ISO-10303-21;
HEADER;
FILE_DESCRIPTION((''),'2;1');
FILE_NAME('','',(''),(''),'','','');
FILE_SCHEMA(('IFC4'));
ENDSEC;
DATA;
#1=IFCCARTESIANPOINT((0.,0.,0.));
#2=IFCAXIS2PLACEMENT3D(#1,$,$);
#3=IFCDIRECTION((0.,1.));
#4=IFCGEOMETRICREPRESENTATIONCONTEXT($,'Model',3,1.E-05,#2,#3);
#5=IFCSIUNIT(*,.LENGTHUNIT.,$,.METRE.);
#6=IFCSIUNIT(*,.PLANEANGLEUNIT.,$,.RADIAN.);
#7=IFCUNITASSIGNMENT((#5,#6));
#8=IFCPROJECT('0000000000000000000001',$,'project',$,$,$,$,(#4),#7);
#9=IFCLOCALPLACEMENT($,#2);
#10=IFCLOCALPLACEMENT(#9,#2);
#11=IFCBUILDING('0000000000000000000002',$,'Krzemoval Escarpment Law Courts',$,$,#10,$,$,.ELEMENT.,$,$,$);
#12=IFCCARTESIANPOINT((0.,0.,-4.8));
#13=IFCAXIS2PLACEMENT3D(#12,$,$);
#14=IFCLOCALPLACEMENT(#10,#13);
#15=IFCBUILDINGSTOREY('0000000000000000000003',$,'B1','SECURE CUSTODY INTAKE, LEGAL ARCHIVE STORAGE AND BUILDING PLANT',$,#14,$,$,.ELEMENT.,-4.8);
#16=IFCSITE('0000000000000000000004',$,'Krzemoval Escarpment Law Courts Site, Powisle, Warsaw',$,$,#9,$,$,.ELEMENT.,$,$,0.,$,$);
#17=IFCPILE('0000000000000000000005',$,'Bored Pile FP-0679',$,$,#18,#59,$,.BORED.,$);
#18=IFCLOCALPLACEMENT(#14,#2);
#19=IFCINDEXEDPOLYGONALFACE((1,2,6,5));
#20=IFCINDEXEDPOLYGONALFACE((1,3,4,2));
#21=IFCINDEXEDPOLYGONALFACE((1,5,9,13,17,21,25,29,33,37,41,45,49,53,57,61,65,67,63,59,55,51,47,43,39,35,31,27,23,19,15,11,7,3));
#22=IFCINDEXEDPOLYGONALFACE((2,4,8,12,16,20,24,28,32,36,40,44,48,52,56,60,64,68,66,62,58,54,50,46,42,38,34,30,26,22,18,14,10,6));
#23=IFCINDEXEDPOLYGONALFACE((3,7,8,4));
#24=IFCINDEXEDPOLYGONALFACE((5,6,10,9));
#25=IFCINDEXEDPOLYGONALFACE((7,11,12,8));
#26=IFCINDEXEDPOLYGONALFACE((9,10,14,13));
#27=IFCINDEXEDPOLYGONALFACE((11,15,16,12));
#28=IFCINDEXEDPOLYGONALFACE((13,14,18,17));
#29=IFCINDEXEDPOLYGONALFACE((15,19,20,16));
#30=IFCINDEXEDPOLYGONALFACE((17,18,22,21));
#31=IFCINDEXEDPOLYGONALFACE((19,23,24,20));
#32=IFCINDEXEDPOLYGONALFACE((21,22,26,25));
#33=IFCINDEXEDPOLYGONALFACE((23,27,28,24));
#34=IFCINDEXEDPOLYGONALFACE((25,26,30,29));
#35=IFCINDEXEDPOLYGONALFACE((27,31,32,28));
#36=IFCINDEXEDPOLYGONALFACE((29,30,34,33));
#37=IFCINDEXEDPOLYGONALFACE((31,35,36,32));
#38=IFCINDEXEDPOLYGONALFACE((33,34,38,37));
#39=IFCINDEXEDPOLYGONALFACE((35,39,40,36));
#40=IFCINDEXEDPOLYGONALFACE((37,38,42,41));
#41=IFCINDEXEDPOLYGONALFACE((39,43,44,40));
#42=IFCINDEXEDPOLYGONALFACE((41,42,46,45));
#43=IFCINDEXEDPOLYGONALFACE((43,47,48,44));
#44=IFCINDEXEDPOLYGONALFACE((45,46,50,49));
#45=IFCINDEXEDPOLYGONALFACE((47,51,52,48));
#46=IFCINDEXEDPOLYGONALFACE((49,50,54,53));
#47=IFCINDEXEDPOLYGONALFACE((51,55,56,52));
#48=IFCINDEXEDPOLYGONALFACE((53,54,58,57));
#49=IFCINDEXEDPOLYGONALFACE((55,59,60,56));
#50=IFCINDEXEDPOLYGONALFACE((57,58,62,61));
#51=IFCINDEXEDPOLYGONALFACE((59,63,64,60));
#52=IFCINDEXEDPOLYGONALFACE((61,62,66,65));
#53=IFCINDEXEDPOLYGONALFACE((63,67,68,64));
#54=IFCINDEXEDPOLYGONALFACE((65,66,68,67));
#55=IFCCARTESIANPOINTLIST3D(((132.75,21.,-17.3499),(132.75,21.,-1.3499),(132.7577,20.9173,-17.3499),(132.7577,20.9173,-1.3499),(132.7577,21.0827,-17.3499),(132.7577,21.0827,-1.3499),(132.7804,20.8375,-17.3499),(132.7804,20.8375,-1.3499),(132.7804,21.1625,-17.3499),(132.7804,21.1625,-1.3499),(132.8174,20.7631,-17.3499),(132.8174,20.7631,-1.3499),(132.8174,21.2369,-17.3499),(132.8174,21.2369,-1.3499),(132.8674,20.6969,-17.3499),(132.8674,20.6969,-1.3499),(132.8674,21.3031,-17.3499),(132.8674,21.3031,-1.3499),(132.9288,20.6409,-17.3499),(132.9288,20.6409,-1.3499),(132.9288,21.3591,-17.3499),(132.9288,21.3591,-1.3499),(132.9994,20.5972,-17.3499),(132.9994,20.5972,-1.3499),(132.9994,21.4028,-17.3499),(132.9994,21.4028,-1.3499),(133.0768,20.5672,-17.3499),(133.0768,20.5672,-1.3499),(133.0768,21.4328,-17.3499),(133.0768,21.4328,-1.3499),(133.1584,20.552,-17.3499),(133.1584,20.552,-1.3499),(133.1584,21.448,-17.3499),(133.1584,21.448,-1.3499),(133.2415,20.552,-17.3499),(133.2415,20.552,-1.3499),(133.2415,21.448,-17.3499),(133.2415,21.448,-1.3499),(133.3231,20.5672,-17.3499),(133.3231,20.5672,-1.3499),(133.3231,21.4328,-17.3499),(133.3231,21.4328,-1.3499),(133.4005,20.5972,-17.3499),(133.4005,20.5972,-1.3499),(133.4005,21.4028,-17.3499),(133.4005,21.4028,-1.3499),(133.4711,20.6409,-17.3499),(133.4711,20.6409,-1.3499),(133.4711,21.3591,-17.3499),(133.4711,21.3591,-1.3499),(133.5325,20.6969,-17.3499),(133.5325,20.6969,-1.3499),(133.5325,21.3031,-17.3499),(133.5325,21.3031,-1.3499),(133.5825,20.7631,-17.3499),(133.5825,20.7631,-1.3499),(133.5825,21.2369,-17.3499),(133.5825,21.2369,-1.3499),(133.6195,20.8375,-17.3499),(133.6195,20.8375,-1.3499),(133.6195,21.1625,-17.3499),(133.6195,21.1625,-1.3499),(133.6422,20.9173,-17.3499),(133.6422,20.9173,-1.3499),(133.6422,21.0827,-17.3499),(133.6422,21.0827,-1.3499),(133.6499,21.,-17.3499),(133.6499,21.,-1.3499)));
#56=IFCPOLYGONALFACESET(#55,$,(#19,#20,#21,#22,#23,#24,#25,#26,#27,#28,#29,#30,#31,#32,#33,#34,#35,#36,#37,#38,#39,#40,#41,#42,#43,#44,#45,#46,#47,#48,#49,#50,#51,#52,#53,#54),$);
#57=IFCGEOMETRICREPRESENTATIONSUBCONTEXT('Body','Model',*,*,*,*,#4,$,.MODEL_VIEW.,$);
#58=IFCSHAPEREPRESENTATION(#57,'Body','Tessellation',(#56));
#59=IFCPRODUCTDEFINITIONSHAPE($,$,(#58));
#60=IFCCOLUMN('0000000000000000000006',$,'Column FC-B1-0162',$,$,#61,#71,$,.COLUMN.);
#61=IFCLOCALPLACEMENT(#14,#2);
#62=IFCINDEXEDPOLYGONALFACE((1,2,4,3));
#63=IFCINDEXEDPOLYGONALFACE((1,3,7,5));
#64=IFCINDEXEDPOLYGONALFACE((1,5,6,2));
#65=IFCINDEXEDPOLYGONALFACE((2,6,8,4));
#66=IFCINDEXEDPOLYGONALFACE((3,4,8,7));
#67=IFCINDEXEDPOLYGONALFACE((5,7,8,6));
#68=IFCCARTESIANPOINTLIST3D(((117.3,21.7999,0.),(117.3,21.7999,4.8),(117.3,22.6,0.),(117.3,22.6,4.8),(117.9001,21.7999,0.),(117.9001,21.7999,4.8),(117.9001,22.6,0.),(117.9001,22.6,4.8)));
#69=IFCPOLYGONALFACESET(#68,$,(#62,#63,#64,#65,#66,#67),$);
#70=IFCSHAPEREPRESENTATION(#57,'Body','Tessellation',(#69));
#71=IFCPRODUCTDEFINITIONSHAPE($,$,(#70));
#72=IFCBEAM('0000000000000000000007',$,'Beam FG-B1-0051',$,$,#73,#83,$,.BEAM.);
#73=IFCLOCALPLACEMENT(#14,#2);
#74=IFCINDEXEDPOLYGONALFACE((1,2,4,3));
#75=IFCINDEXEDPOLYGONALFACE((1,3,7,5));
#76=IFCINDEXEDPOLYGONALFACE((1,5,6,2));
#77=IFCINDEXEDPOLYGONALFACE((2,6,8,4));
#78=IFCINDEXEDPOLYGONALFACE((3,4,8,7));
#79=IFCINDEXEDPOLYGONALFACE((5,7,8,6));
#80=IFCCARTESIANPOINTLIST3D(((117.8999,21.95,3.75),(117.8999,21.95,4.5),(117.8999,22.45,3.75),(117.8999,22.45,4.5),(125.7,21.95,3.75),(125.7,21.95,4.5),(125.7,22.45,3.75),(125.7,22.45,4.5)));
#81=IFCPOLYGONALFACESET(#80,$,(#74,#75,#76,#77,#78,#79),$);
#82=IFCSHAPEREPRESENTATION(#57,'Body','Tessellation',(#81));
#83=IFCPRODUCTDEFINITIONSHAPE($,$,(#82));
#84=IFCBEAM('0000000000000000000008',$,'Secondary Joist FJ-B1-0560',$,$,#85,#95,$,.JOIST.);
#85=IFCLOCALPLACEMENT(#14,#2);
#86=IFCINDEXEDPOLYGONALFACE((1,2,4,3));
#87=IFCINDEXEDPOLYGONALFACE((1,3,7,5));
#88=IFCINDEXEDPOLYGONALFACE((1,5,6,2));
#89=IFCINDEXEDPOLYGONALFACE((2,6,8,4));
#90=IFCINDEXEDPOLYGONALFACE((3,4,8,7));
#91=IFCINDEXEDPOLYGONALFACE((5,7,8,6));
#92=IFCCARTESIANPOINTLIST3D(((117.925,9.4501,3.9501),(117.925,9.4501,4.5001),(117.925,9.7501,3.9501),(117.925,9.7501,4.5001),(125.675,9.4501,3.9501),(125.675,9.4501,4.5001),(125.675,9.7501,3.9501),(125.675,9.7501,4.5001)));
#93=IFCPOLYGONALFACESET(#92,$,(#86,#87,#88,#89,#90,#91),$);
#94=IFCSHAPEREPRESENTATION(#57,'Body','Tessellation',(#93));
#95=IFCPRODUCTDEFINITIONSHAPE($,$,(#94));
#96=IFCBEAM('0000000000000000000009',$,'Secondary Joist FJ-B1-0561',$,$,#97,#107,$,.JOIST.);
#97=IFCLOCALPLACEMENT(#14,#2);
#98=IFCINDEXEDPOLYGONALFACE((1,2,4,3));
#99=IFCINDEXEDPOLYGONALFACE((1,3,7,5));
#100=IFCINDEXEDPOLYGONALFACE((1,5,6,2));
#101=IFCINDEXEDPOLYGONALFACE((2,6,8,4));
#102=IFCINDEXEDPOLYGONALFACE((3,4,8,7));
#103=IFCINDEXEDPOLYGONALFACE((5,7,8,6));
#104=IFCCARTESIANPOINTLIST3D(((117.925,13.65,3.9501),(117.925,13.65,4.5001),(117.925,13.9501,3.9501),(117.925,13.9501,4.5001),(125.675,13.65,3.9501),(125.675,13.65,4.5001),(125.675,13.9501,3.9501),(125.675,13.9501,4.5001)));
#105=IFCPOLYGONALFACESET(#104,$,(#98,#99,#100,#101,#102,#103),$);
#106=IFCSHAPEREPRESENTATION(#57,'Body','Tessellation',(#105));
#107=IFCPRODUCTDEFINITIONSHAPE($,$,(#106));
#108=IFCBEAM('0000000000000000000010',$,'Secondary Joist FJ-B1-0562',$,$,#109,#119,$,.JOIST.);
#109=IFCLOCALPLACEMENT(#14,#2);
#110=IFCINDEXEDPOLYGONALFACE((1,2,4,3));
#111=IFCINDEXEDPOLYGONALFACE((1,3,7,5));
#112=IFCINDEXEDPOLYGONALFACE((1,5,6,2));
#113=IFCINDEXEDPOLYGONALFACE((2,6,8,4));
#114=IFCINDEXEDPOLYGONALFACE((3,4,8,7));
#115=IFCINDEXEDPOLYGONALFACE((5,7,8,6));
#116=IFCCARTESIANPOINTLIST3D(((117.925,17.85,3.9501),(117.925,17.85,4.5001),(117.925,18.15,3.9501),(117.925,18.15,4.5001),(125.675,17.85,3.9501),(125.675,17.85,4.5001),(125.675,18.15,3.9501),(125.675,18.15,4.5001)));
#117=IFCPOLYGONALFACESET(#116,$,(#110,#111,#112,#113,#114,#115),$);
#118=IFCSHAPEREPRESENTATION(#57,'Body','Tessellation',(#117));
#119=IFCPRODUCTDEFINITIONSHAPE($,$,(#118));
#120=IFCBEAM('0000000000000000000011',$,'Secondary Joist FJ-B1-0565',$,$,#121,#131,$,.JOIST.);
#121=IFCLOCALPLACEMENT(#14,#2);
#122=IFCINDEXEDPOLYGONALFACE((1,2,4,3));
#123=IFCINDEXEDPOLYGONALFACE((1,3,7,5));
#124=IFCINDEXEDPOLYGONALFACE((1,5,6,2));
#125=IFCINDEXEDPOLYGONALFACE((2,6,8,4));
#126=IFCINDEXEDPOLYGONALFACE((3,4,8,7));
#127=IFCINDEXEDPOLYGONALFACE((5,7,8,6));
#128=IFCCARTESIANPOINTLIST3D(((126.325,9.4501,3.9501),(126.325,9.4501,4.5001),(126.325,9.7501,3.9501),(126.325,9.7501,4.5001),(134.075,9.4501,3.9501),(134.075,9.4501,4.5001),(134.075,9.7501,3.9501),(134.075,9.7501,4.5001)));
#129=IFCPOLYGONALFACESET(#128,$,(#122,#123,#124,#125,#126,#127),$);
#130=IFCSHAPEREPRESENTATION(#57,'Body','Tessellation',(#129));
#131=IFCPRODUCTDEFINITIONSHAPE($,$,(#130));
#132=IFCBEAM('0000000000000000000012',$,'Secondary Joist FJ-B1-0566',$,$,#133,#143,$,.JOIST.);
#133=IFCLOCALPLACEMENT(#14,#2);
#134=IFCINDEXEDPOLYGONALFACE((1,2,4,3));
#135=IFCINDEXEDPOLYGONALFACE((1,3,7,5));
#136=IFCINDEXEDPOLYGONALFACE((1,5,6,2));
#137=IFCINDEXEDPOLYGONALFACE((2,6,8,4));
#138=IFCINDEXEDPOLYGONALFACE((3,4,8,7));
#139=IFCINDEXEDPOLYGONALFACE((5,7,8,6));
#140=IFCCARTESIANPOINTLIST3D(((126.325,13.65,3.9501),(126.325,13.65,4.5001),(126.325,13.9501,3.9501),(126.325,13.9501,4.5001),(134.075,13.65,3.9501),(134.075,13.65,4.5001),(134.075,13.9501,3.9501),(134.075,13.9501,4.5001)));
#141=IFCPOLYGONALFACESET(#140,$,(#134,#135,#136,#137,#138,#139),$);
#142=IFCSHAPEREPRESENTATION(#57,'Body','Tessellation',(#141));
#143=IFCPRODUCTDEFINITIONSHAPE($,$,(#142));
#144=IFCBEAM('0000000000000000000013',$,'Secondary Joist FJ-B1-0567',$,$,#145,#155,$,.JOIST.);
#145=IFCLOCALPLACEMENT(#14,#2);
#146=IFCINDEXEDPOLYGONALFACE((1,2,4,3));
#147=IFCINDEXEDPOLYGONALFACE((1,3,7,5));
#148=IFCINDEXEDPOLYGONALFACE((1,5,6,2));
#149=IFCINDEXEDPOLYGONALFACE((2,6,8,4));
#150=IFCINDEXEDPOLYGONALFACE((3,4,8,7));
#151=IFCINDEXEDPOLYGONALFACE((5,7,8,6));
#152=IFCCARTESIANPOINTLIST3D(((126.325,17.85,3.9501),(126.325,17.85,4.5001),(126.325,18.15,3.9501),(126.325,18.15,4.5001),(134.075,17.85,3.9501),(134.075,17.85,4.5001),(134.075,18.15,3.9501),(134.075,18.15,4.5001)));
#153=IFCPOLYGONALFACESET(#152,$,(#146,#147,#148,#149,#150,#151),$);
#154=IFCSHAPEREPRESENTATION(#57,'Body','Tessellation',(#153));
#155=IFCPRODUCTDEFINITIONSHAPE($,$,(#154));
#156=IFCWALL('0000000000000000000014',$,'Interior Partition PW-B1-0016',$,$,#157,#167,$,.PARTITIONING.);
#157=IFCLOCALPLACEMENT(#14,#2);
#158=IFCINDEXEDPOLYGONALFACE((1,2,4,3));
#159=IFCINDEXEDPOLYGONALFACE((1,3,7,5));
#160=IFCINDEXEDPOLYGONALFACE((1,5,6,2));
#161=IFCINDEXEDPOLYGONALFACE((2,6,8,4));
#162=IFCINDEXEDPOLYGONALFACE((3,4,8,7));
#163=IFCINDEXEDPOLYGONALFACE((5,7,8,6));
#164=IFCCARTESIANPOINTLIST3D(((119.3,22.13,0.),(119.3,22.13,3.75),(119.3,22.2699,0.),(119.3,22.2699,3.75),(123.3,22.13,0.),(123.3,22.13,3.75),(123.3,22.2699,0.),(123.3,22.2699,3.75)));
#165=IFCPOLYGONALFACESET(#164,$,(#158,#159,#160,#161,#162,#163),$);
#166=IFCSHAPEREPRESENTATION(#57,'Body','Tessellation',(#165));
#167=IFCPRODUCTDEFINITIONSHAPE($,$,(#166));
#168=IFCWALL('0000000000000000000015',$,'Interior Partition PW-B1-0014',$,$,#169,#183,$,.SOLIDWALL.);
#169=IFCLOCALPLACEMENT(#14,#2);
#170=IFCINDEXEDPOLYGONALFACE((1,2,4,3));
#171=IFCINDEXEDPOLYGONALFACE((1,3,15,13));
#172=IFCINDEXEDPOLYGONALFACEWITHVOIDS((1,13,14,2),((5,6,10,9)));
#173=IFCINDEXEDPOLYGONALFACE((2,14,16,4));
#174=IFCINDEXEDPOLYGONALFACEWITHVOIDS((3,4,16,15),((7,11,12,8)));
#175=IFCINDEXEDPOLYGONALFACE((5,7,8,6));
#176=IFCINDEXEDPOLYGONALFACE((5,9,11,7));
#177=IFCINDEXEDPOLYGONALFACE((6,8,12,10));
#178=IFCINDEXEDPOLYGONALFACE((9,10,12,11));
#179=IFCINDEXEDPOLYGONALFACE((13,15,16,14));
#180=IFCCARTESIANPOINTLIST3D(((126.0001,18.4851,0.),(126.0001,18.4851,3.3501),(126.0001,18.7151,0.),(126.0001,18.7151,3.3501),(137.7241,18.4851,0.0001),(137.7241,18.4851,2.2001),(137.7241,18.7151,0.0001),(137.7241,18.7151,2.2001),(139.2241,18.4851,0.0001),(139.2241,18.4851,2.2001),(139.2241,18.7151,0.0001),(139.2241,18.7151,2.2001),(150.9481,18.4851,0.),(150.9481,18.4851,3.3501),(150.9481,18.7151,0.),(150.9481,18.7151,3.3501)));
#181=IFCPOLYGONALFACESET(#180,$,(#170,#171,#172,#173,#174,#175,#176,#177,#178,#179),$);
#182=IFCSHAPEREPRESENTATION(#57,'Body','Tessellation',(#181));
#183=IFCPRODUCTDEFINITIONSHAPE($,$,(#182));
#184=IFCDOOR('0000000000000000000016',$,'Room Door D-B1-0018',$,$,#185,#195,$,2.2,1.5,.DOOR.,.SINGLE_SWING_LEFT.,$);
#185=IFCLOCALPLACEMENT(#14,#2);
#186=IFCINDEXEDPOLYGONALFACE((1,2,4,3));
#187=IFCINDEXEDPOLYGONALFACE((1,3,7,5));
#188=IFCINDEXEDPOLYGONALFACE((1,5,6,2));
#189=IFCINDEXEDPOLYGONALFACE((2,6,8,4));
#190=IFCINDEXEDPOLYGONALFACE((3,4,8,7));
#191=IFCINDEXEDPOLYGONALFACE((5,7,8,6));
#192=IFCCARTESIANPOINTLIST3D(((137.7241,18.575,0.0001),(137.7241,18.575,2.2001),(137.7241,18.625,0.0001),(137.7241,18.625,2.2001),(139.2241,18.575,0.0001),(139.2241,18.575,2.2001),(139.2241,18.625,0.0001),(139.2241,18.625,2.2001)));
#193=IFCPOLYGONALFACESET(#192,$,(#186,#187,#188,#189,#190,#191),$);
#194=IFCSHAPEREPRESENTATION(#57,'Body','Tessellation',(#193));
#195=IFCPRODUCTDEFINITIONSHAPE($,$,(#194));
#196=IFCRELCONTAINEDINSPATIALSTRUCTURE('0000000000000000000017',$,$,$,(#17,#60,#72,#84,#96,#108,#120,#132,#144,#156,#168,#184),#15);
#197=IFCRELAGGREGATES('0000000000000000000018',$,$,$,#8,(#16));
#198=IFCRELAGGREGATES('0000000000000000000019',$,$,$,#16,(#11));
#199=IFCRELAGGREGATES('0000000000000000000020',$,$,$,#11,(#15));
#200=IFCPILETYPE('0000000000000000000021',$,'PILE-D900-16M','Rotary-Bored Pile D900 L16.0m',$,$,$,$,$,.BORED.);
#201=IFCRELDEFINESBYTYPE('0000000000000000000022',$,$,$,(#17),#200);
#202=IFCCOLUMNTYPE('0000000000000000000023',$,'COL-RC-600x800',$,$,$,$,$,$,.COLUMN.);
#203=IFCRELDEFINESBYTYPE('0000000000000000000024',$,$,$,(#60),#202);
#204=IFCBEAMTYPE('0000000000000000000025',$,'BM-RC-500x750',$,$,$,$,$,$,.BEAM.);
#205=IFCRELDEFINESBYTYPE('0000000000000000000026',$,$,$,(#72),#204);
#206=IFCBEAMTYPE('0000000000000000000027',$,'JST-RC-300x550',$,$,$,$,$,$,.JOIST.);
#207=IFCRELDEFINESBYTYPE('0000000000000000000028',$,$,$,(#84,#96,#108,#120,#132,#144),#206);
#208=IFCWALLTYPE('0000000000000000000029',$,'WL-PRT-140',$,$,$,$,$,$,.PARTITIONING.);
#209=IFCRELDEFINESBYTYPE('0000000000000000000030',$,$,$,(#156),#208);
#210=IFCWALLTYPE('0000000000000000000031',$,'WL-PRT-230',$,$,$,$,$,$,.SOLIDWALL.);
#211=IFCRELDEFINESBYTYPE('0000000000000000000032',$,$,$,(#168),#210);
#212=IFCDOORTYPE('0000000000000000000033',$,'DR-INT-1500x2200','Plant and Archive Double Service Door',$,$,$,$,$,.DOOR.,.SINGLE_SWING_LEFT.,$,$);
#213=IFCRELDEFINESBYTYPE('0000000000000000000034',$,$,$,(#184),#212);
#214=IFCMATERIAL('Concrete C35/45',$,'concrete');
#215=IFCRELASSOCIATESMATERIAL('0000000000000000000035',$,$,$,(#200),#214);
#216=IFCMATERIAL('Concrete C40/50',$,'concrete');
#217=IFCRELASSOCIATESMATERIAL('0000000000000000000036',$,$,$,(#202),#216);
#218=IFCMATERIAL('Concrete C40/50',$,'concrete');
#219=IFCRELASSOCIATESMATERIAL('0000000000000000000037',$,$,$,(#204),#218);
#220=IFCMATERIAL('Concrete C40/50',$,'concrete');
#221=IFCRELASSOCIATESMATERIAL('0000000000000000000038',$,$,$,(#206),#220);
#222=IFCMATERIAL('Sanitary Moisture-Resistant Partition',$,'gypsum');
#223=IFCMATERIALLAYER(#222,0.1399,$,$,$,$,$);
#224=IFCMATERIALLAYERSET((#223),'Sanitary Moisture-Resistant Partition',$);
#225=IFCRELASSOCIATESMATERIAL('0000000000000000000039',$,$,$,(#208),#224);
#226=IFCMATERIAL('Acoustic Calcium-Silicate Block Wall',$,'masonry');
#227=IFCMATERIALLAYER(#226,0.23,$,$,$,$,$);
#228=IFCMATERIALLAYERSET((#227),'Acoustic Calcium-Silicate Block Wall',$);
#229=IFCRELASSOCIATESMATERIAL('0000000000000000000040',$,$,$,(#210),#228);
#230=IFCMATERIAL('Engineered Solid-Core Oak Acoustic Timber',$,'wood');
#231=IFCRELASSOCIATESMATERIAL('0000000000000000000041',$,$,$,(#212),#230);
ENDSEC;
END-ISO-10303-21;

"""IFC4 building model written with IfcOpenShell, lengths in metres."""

from ifc_helpers import new_model, si_unit, direction, frame, frame_2d, origin, origin_2d, place, context, subcontext, project, spatial, rectangle, circle, extrude, material, layer, layer_set, material_profile, profile_set, type_object, element, fill, save


model = new_model("IFC4")

# Units and contexts
model_context = context("Model", 3, precision=1e-05, world=origin(), true_north=direction((0.0, 1.0)))
body_context = subcontext(model_context, "Body", "Model", "MODEL_VIEW")
ifc_project = project(units=[si_unit("LENGTHUNIT", "METRE"), si_unit("PLANEANGLEUNIT", "RADIAN")], contexts=[model_context])

# Site, building, storey
site_placement = place(None, origin())
site = spatial("IfcSite", under=ifc_project, at=site_placement, Name="Krzemoval Escarpment Law Courts Site, Powisle, Warsaw", CompositionType="ELEMENT", RefElevation=0.0)
building_placement = place(site_placement, origin())
building = spatial("IfcBuilding", under=site, at=building_placement, Name="Krzemoval Escarpment Law Courts", CompositionType="ELEMENT")
storey_placement = place(building_placement, frame((0.0, 0.0, -4.8)))
storey = spatial("IfcBuildingStorey", under=building, at=storey_placement, Name="B1", Description="SECURE CUSTODY INTAKE, LEGAL ARCHIVE STORAGE AND BUILDING PLANT", CompositionType="ELEMENT", Elevation=-4.8)

# Pile
ifc_material_1 = material(Name="Concrete C35/45", Category="concrete")
ifc_material_profile_1 = material_profile(ifc_material_1, circle(Radius=0.45, at=origin_2d()), Name="PILE D900")
ifc_profile_set_1 = profile_set([ifc_material_profile_1], Name="Concrete C35/45")
pile_type = type_object("IfcPileType", Name="PILE-D900-16M", Description="Rotary-Bored Pile D900 L16.0m", PredefinedType="BORED", material=ifc_profile_set_1)
for number, where, z_axis, x_axis, name in (
    (1, (133.2, 21.0, -1.3499), (0.0, 0.0, -1.0), (1.0, 0.0, 0.0), "Bored Pile FP-0679"),
):
    element("IfcPile", number, at=place(storey_placement, frame(where, z_axis=z_axis, x_axis=x_axis)), inside=storey, type_object=pile_type, Name=name, PredefinedType="BORED", context=body_context, shape_type="SweptSolid", body=[
        extrude(circle(Radius=0.45, at=origin_2d()), origin(), (0.0, 0.0, 1.0), 16.0),
    ])

# Column
ifc_material_2 = material(Name="Concrete C40/50", Category="concrete")
ifc_material_profile_2 = material_profile(ifc_material_2, rectangle(XDim=0.6001, YDim=0.8, at=origin_2d()), Name="RC 600x800")
ifc_profile_set_2 = profile_set([ifc_material_profile_2], Name="Concrete C40/50")
column_type = type_object("IfcColumnType", Name="COL-RC-600x800", PredefinedType="COLUMN", material=ifc_profile_set_2)
column_placement = place(storey_placement, frame((117.6001, 22.2, 0.0), z_axis=(0.0, 0.0, 1.0), x_axis=(1.0, 0.0, 0.0)))
element("IfcColumn", 2, at=column_placement, inside=storey, type_object=column_type, Name="Column FC-B1-0162", PredefinedType="COLUMN", context=body_context, shape_type="SweptSolid", body=[
    extrude(rectangle(XDim=0.6001, YDim=0.8, at=origin_2d()), origin(), (0.0, 0.0, 1.0), 4.8),
])

# Beams
ifc_material_3 = material(Name="Concrete C40/50", Category="concrete")
ifc_material_profile_3 = material_profile(ifc_material_3, rectangle(XDim=0.5, YDim=0.75, at=origin_2d()), Name="RCB 500x750")
ifc_profile_set_3 = profile_set([ifc_material_profile_3], Name="Concrete C40/50")
beam_type_1 = type_object("IfcBeamType", Name="BM-RC-500x750", PredefinedType="BEAM", material=ifc_profile_set_3)
beam_placement = place(storey_placement, frame((117.8999, 22.2, 4.125), z_axis=(1.0, 0.0, 0.0), x_axis=(0.0, 1.0, 0.0)))
element("IfcBeam", 3, at=beam_placement, inside=storey, type_object=beam_type_1, Name="Beam FG-B1-0051", PredefinedType="BEAM", context=body_context, shape_type="SweptSolid", body=[
    extrude(rectangle(XDim=0.5, YDim=0.75, at=origin_2d()), origin(), (0.0, 0.0, 1.0), 7.8),
])
ifc_material_4 = material(Name="Concrete C40/50", Category="concrete")
ifc_material_profile_4 = material_profile(ifc_material_4, rectangle(XDim=0.3, YDim=0.55, at=origin_2d()), Name="RCB 300x550")
ifc_profile_set_4 = profile_set([ifc_material_profile_4], Name="Concrete C40/50")
beam_type_2 = type_object("IfcBeamType", Name="JST-RC-300x550", PredefinedType="JOIST", material=ifc_profile_set_4)
for number, where, z_axis, x_axis, name in (
    (4, (117.925, 9.6001, 4.2251), (1.0, 0.0, 0.0), (0.0, 1.0, 0.0), "Secondary Joist FJ-B1-0560"),
    (5, (117.925, 13.8, 4.2251), (1.0, 0.0, 0.0), (0.0, 1.0, 0.0), "Secondary Joist FJ-B1-0561"),
    (6, (117.925, 18.0, 4.2251), (1.0, 0.0, 0.0), (0.0, 1.0, 0.0), "Secondary Joist FJ-B1-0562"),
    (7, (126.325, 9.6001, 4.2251), (1.0, 0.0, 0.0), (0.0, 1.0, 0.0), "Secondary Joist FJ-B1-0565"),
    (8, (126.325, 13.8, 4.2251), (1.0, 0.0, 0.0), (0.0, 1.0, 0.0), "Secondary Joist FJ-B1-0566"),
    (9, (126.325, 18.0, 4.2251), (1.0, 0.0, 0.0), (0.0, 1.0, 0.0), "Secondary Joist FJ-B1-0567"),
):
    element("IfcBeam", number, at=place(storey_placement, frame(where, z_axis=z_axis, x_axis=x_axis)), inside=storey, type_object=beam_type_2, Name=name, PredefinedType="JOIST", context=body_context, shape_type="SweptSolid", body=[
        extrude(rectangle(XDim=0.3, YDim=0.55, at=origin_2d()), origin(), (0.0, 0.0, 1.0), 7.75),
    ])

# Wall
ifc_material_5 = material(Name="Sanitary Moisture-Resistant Partition", Category="gypsum")
ifc_layer_1 = layer(ifc_material_5, 0.1399)
ifc_layer_set_1 = layer_set([ifc_layer_1], Name="Sanitary Moisture-Resistant Partition")
wall_type_1 = type_object("IfcWallType", Name="WL-PRT-140", PredefinedType="PARTITIONING", material=ifc_layer_set_1)
wall_1_placement = place(storey_placement, frame((119.3, 22.2, 0.0), z_axis=(0.0, 0.0, 1.0), x_axis=(1.0, 0.0, 0.0)))
element("IfcWall", 10, at=wall_1_placement, inside=storey, type_object=wall_type_1, Name="Interior Partition PW-B1-0016", PredefinedType="PARTITIONING", context=body_context, shape_type="SweptSolid", body=[
    extrude(rectangle(XDim=4.0, YDim=0.1399, at=frame_2d((2.0, 0.0))), origin(), (0.0, 0.0, 1.0), 3.75),
])

# Wall, opening, door
ifc_material_6 = material(Name="Acoustic Calcium-Silicate Block Wall", Category="masonry")
ifc_layer_2 = layer(ifc_material_6, 0.23)
ifc_layer_set_2 = layer_set([ifc_layer_2], Name="Acoustic Calcium-Silicate Block Wall")
wall_type_2 = type_object("IfcWallType", Name="WL-PRT-230", PredefinedType="SOLIDWALL", material=ifc_layer_set_2)
wall_2_placement = place(storey_placement, frame((126.0, 18.6001, 0.0), z_axis=(0.0, 0.0, 1.0), x_axis=(1.0, 0.0, 0.0)))
wall_2 = element("IfcWall", 11, at=wall_2_placement, inside=storey, type_object=wall_type_2, Name="Interior Partition PW-B1-0014", PredefinedType="SOLIDWALL", context=body_context, shape_type="SweptSolid", body=[
    extrude(rectangle(XDim=24.948, YDim=0.23, at=frame_2d((12.4741, 0.0))), origin(), (0.0, 0.0, 1.0), 3.3501),
])
opening_placement = place(wall_2_placement, frame((11.7241, 0.0, 0.0)))
opening = element("IfcOpeningElement", 12, at=opening_placement, cuts=wall_2, PredefinedType="OPENING", context=body_context, shape_type="SweptSolid", body=[
    extrude(rectangle(XDim=1.5, YDim=2.2, at=frame_2d((0.75, 1.1001))), frame((0.0, 0.13, 0.0), z_axis=(0.0, -1.0, 0.0), x_axis=(1.0, 0.0, 0.0)), (0.0, 0.0, 1.0), 0.26),
])
ifc_material_7 = material(Name="Engineered Solid-Core Oak Acoustic Timber", Category="wood")
door_type = type_object("IfcDoorType", Name="DR-INT-1500x2200", Description="Plant and Archive Double Service Door", OperationType="SINGLE_SWING_LEFT", PredefinedType="DOOR", material=ifc_material_7)
door_placement = place(opening_placement, origin())
door = element("IfcDoor", 13, at=door_placement, inside=storey, type_object=door_type, Name="Room Door D-B1-0018", OperationType="SINGLE_SWING_LEFT", OverallHeight=2.2, OverallWidth=1.5, PredefinedType="DOOR", context=body_context, shape_type="SweptSolid", body=[
    extrude(rectangle(XDim=1.5, YDim=2.2, at=frame_2d((0.75, 1.1001))), frame((0.0, 0.0249, 0.0), z_axis=(0.0, -1.0, 0.0), x_axis=(1.0, 0.0, 0.0)), (0.0, 0.0, 1.0), 0.05),
])
fill(opening, door)

save(model, "model.ifc")
